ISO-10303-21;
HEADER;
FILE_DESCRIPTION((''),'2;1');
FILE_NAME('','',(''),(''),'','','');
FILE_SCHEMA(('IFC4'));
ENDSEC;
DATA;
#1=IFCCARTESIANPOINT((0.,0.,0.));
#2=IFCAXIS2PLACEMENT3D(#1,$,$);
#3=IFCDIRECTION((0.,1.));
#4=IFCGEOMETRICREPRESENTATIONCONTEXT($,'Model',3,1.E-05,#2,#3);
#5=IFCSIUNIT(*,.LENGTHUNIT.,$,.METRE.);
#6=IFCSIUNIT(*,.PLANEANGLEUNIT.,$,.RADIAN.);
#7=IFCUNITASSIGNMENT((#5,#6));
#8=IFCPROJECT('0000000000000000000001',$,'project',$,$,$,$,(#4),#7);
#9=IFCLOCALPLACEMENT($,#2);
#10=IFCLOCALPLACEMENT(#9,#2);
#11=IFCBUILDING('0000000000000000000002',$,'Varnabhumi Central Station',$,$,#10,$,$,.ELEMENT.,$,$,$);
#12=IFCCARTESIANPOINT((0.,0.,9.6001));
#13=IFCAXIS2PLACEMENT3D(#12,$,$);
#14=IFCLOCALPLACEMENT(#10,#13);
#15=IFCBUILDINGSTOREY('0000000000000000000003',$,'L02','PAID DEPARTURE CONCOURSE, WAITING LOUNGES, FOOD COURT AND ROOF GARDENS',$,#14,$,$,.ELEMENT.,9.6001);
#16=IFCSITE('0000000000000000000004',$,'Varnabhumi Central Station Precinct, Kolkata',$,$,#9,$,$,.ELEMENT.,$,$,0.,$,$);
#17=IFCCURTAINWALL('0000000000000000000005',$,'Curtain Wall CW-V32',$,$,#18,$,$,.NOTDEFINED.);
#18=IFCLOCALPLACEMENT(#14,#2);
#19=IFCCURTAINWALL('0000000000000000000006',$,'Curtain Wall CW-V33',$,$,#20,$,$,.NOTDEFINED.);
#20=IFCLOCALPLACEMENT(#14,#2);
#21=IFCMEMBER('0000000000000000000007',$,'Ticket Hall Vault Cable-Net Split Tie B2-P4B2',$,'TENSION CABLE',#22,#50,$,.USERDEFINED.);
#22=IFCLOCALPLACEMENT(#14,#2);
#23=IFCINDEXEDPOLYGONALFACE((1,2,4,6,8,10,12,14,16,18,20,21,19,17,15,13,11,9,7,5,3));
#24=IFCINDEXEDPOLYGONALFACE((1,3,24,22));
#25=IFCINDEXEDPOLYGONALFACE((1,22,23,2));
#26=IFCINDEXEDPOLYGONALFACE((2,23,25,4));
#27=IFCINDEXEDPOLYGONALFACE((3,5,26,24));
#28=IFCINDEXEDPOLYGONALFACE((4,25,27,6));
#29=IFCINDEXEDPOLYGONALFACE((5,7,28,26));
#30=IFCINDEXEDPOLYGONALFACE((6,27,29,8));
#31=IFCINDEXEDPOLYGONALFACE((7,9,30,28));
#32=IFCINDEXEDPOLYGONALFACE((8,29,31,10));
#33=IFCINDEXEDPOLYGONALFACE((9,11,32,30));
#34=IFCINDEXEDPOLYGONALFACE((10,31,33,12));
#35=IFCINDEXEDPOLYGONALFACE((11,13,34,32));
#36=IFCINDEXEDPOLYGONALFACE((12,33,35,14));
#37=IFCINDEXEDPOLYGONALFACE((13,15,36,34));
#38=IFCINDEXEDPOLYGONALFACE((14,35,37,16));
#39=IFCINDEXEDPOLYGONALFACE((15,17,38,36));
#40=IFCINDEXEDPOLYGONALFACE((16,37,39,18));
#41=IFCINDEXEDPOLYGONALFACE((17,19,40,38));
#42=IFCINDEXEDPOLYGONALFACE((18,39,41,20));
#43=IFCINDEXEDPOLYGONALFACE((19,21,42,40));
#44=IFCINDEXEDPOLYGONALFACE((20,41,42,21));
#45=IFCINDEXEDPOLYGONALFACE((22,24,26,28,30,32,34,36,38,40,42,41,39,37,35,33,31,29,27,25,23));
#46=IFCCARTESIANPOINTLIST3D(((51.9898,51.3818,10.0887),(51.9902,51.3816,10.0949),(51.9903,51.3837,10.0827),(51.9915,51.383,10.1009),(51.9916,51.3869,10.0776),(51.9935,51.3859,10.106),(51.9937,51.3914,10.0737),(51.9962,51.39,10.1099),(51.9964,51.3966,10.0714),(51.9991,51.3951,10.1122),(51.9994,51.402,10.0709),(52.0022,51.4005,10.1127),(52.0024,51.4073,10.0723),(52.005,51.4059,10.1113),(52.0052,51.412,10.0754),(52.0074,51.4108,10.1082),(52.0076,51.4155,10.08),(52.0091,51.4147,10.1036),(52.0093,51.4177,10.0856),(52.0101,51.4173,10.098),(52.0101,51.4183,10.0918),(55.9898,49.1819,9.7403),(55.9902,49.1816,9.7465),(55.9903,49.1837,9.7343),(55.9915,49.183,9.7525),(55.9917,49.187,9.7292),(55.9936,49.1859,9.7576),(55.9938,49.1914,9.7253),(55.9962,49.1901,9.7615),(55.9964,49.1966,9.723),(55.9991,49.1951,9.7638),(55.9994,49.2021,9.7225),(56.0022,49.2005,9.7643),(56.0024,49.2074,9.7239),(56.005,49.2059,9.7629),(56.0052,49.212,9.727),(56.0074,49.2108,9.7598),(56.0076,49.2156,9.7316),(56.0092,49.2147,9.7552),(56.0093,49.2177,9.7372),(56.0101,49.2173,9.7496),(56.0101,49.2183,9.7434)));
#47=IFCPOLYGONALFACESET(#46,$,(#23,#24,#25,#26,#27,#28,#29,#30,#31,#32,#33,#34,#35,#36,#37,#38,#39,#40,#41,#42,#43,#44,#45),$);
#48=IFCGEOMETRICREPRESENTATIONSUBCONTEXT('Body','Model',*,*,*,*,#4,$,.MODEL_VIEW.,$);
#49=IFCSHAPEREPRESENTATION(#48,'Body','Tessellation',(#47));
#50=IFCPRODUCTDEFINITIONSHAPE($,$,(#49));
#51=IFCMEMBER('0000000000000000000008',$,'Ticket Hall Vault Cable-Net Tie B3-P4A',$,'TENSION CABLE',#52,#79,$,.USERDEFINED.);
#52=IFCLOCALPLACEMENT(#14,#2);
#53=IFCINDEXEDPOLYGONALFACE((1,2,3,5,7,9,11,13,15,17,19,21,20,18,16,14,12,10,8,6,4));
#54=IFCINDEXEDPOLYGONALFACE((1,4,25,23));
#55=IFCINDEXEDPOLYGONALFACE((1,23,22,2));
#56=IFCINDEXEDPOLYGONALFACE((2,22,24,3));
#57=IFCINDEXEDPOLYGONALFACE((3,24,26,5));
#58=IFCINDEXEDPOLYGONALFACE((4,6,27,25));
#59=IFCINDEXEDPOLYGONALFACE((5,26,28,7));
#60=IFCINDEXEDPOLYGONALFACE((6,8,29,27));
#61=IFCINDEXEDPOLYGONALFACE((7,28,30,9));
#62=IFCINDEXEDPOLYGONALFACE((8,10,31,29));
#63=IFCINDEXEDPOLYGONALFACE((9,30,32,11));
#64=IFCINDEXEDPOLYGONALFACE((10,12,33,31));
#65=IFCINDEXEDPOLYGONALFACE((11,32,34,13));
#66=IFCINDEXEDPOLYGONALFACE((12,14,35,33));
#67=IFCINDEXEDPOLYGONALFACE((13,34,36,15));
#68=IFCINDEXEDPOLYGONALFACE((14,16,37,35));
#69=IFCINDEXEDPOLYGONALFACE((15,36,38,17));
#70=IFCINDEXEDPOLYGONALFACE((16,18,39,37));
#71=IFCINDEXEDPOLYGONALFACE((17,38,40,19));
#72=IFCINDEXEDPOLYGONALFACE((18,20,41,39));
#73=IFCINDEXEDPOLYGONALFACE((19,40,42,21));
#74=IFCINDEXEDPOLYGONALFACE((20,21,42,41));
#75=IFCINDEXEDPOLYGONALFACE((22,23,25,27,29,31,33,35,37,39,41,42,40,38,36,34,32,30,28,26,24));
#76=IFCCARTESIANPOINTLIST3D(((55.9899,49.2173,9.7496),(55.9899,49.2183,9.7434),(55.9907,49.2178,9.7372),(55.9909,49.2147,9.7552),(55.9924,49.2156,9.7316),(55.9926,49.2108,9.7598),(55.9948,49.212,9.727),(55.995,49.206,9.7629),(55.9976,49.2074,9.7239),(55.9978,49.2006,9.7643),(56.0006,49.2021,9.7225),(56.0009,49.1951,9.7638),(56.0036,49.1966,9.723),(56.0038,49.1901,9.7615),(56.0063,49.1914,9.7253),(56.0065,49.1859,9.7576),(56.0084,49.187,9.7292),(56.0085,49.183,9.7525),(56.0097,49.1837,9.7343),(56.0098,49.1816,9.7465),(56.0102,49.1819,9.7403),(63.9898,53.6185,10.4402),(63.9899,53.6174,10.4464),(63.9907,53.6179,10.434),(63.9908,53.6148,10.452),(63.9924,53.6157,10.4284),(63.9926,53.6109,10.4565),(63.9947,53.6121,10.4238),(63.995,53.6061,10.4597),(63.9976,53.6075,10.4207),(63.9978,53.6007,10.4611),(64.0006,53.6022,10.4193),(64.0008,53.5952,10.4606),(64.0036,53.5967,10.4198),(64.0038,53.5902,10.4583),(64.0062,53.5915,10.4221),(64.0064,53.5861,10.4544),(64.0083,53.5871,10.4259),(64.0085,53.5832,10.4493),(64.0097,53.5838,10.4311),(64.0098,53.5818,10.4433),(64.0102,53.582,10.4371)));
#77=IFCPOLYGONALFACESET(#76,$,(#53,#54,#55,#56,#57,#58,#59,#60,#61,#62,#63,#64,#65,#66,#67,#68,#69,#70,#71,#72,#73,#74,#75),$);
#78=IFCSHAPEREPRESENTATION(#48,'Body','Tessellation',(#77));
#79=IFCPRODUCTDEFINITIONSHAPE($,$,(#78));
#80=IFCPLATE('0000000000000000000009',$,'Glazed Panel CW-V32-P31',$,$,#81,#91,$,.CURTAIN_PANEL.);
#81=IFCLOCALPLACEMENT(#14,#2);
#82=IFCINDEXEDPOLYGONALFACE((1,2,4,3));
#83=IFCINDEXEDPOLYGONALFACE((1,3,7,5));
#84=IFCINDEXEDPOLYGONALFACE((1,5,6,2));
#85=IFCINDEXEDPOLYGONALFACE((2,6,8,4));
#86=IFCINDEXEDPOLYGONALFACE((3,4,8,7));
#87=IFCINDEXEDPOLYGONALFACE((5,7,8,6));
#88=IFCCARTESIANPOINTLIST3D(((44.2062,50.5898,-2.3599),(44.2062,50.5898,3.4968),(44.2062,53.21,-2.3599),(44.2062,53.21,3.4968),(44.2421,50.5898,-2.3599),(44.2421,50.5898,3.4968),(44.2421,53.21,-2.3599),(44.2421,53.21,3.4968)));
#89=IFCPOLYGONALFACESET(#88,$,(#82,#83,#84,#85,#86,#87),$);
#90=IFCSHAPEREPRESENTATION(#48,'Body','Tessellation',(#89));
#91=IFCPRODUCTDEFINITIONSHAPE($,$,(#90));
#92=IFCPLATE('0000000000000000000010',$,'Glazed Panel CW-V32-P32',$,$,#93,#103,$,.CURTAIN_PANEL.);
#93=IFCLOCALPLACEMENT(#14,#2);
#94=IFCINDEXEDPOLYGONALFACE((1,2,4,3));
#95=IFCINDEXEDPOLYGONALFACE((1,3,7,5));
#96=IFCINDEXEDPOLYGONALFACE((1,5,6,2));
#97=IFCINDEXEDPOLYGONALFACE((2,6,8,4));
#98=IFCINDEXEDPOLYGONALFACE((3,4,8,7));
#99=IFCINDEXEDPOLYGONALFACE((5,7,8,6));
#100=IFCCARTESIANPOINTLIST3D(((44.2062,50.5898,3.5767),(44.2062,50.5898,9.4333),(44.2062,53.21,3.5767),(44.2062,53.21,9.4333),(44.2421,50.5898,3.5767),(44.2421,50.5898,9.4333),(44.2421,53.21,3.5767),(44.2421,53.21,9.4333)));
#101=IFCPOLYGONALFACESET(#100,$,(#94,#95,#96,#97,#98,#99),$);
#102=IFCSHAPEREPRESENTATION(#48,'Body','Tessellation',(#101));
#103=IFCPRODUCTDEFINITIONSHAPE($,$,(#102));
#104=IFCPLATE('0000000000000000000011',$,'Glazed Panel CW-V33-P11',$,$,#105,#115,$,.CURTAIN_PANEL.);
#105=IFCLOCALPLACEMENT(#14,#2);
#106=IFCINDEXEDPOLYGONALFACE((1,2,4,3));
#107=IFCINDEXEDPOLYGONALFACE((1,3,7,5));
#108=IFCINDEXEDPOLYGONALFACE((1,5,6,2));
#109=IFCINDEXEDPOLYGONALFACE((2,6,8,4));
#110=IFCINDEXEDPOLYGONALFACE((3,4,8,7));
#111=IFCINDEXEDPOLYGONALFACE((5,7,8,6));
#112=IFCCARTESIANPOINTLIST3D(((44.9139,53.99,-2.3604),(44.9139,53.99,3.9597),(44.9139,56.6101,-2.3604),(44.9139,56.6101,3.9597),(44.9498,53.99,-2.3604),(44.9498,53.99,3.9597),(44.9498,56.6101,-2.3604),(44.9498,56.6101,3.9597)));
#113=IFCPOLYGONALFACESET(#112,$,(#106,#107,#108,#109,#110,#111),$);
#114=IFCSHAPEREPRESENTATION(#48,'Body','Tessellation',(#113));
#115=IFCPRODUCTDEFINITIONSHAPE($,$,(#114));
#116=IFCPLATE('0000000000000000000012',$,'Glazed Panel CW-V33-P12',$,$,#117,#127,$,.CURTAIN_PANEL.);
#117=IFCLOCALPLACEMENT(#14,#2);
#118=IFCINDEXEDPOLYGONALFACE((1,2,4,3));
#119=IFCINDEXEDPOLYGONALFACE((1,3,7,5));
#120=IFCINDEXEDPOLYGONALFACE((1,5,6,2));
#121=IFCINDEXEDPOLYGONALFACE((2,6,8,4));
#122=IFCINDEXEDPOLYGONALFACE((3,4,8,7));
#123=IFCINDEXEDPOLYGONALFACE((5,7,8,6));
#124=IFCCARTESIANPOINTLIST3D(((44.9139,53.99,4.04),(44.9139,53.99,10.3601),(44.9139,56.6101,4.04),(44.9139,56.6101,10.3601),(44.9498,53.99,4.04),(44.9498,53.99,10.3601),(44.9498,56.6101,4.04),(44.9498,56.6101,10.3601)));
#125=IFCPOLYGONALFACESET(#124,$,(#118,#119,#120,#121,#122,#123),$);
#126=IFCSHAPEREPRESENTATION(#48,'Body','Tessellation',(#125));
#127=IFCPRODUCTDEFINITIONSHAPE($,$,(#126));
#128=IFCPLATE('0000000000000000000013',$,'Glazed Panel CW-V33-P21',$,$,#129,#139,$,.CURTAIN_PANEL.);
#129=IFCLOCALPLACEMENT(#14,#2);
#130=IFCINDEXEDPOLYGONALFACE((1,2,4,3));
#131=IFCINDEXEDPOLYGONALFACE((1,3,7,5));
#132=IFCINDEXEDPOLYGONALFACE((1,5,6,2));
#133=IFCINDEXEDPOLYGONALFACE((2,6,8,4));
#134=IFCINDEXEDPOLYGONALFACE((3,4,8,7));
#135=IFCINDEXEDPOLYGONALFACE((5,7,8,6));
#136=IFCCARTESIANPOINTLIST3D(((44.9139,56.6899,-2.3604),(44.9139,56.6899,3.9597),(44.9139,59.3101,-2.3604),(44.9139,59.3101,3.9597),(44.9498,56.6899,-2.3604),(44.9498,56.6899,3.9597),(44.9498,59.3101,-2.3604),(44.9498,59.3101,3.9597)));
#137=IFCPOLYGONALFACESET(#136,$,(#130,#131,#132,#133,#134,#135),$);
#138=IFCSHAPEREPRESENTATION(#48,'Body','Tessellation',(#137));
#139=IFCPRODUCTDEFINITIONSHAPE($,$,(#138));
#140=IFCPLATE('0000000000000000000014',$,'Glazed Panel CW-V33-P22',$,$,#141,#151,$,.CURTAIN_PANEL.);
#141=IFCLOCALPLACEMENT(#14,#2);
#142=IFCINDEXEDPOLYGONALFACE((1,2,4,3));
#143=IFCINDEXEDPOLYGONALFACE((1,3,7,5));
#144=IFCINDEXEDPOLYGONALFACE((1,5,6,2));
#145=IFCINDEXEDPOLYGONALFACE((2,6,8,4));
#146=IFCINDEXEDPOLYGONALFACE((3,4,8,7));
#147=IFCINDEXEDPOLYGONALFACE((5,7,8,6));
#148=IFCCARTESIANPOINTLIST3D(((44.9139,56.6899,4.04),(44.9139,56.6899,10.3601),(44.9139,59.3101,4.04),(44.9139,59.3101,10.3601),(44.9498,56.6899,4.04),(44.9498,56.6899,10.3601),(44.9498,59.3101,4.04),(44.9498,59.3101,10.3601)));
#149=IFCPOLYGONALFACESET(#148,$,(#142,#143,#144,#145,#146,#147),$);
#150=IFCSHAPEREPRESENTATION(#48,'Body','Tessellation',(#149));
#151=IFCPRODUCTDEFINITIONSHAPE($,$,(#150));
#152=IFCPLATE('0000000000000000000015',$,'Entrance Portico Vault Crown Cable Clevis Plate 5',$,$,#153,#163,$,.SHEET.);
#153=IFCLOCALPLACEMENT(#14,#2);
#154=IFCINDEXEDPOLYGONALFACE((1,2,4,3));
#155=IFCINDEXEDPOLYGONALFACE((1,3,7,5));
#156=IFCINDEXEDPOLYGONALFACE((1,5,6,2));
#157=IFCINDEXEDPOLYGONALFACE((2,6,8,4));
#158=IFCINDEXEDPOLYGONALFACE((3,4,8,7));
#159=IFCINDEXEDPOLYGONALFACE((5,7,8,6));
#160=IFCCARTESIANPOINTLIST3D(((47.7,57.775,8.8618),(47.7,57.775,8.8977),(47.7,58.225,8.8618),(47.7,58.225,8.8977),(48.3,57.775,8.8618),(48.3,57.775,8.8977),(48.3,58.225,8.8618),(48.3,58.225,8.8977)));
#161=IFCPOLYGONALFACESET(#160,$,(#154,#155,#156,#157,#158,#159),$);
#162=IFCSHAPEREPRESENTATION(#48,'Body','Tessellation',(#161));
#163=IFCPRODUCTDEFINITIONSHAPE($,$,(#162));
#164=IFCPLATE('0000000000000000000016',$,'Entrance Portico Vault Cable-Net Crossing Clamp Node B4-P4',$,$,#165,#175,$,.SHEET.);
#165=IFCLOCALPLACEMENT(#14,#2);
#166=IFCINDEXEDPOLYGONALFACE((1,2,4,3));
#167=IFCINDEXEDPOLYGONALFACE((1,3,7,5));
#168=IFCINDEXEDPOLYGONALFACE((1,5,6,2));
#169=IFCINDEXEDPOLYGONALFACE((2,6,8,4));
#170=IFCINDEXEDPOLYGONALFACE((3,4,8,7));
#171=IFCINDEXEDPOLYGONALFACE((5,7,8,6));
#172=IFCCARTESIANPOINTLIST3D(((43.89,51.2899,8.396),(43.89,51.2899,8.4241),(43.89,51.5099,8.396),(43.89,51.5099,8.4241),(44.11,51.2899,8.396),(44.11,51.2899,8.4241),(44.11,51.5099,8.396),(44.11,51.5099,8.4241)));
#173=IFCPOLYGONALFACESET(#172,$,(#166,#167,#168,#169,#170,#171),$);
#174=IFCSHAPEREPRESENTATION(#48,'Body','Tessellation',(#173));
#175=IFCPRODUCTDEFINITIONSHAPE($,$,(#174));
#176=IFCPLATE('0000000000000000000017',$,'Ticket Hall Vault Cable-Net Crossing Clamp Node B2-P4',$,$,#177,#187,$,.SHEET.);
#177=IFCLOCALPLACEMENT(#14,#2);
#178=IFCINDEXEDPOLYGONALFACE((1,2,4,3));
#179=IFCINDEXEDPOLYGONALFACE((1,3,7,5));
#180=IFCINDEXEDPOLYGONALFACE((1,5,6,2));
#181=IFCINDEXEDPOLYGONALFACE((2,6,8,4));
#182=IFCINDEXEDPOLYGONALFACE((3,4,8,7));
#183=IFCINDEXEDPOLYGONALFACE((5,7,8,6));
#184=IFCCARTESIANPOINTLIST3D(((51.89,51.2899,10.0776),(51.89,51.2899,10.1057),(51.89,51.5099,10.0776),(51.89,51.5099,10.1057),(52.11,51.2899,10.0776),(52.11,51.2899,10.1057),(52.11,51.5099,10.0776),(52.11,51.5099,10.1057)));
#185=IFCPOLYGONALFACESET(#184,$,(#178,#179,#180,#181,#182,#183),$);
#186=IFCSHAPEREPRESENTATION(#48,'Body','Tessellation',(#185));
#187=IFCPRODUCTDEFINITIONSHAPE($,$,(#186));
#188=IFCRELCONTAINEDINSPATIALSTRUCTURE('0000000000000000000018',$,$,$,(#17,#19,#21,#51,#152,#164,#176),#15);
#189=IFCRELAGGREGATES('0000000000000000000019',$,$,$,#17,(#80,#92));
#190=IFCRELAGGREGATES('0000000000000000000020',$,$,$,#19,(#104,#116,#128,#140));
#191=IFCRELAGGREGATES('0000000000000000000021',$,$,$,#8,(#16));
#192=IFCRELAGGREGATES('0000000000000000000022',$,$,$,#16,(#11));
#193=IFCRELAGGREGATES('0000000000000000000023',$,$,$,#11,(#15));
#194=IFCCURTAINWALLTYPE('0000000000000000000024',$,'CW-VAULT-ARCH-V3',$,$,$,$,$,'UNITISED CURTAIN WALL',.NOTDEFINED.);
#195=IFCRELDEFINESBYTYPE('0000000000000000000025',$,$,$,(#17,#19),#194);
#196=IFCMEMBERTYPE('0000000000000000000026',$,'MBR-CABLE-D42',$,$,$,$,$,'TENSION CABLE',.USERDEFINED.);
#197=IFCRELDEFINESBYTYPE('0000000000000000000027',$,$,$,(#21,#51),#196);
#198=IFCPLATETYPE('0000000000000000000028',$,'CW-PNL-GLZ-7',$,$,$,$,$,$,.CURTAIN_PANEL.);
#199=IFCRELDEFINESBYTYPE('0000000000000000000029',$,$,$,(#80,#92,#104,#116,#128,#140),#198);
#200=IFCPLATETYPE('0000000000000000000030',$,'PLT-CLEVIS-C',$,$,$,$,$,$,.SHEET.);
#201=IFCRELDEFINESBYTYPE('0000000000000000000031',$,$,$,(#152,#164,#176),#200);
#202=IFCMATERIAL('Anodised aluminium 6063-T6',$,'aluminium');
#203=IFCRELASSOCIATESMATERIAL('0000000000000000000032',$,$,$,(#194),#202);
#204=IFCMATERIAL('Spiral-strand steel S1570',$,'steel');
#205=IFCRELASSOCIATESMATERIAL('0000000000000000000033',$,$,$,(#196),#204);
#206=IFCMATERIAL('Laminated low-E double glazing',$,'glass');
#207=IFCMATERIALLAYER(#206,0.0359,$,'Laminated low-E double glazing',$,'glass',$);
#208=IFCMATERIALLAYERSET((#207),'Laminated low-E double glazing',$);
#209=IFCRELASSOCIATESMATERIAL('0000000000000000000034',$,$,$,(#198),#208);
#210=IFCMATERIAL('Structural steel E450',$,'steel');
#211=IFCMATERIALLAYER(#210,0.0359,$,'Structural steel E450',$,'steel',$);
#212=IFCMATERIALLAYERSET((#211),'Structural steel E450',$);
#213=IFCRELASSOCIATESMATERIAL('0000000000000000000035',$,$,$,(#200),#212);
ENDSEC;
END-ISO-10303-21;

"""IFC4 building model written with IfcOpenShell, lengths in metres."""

from ifc_helpers import new_model, si_unit, direction, frame, origin, origin_2d, place, context, subcontext, project, spatial, rectangle, circle, extrude, material, layer, layer_set, material_profile, profile_set, type_object, element, aggregate, save


model = new_model("IFC4")

# Units and contexts
model_context = context("Model", 3, precision=1e-05, world=origin(), true_north=direction((0.0, 1.0)))
body_context = subcontext(model_context, "Body", "Model", "MODEL_VIEW")
ifc_project = project(units=[si_unit("LENGTHUNIT", "METRE"), si_unit("PLANEANGLEUNIT", "RADIAN")], contexts=[model_context])

# Site, building, storey
site_placement = place(None, origin())
site = spatial("IfcSite", under=ifc_project, at=site_placement, Name="Varnabhumi Central Station Precinct, Kolkata", CompositionType="ELEMENT", RefElevation=0.0)
building_placement = place(site_placement, origin())
building = spatial("IfcBuilding", under=site, at=building_placement, Name="Varnabhumi Central Station", CompositionType="ELEMENT")
storey_placement = place(building_placement, frame((0.0, 0.0, 9.6001)))
storey = spatial("IfcBuildingStorey", under=building, at=storey_placement, Name="L02", Description="PAID DEPARTURE CONCOURSE, WAITING LOUNGES, FOOD COURT AND ROOF GARDENS", CompositionType="ELEMENT", Elevation=9.6001)

# Curtain walls
ifc_material_1 = material(Name="Anodised aluminium 6063-T6", Category="aluminium")
curtain_wall_type = type_object("IfcCurtainWallType", Name="CW-VAULT-ARCH-V3", ElementType="UNITISED CURTAIN WALL", PredefinedType="NOTDEFINED", material=ifc_material_1)
curtain_wall_1_placement = place(storey_placement, origin())
curtain_wall_1 = element("IfcCurtainWall", 1, at=curtain_wall_1_placement, inside=storey, type_object=curtain_wall_type, Name="Curtain Wall CW-V32", PredefinedType="NOTDEFINED")
curtain_wall_2_placement = place(storey_placement, origin())
curtain_wall_2 = element("IfcCurtainWall", 2, at=curtain_wall_2_placement, inside=storey, type_object=curtain_wall_type, Name="Curtain Wall CW-V33", PredefinedType="NOTDEFINED")

# Members
ifc_material_2 = material(Name="Spiral-strand steel S1570", Category="steel")
ifc_material_profile_1 = material_profile(ifc_material_2, circle(Radius=0.021, at=origin_2d()), Name="Spiral-strand steel S1570", Category="steel")
ifc_profile_set_1 = profile_set([ifc_material_profile_1], Name="Spiral-strand steel S1570")
member_type_1 = type_object("IfcMemberType", Name="MBR-CABLE-D42", ElementType="TENSION CABLE", PredefinedType="USERDEFINED", material=ifc_profile_set_1)
member_1_placement = place(storey_placement, frame((52.0, 51.3999, 10.0918), z_axis=(0.87368, -0.480513, -0.076095), x_axis=(0.481911, 0.87622, 0.0)))
element("IfcMember", 3, at=member_1_placement, inside=storey, type_object=member_type_1, Name="Ticket Hall Vault Cable-Net Split Tie B2-P4B2", ObjectType="TENSION CABLE", PredefinedType="USERDEFINED", context=body_context, shape_type="SweptSolid", body=[
    extrude(circle(Radius=0.021, at=origin_2d()), origin(), (0.0, 0.0, 1.0), 4.5784),
])
member_2_placement = place(storey_placement, frame((56.0, 49.2, 9.7434), z_axis=(0.873669, 0.480534, 0.076094), x_axis=(-0.481931, 0.876209, 0.0)))
element("IfcMember", 4, at=member_2_placement, inside=storey, type_object=member_type_1, Name="Ticket Hall Vault Cable-Net Tie B3-P4A", ObjectType="TENSION CABLE", PredefinedType="USERDEFINED", context=body_context, shape_type="SweptSolid", body=[
    extrude(circle(Radius=0.021, at=origin_2d()), origin(), (0.0, 0.0, 1.0), 9.1567),
])

# Plates
ifc_material_3 = material(Name="Laminated low-E double glazing", Category="glass")
ifc_layer_1 = layer(ifc_material_3, 0.0359, Name="Laminated low-E double glazing", Category="glass")
ifc_layer_set_1 = layer_set([ifc_layer_1], Name="Laminated low-E double glazing")
plate_type_1 = type_object("IfcPlateType", Name="CW-PNL-GLZ-7", PredefinedType="CURTAIN_PANEL", material=ifc_layer_set_1)
plate_1_placement = place(storey_placement, frame((44.2241, 51.8999, -2.3599), z_axis=(0.0, 0.0, 1.0), x_axis=(0.0, 1.0, 0.0)))
plate_1 = element("IfcPlate", 5, at=plate_1_placement, type_object=plate_type_1, Name="Glazed Panel CW-V32-P31", PredefinedType="CURTAIN_PANEL", context=body_context, shape_type="SweptSolid", body=[
    extrude(rectangle(XDim=2.6201, YDim=0.0359, at=origin_2d()), origin(), (0.0, 0.0, 1.0), 5.8567),
])
plate_2_placement = place(storey_placement, frame((44.2241, 51.8999, 3.5767), z_axis=(0.0, 0.0, 1.0), x_axis=(0.0, 1.0, 0.0)))
plate_2 = element("IfcPlate", 6, at=plate_2_placement, type_object=plate_type_1, Name="Glazed Panel CW-V32-P32", PredefinedType="CURTAIN_PANEL", context=body_context, shape_type="SweptSolid", body=[
    extrude(rectangle(XDim=2.6201, YDim=0.0359, at=origin_2d()), origin(), (0.0, 0.0, 1.0), 5.8567),
])
aggregate(curtain_wall_1, [plate_1, plate_2])
plate_3_placement = place(storey_placement, frame((44.9319, 55.3, -2.3604), z_axis=(0.0, 0.0, 1.0), x_axis=(0.0, 1.0, 0.0)))
plate_3 = element("IfcPlate", 7, at=plate_3_placement, type_object=plate_type_1, Name="Glazed Panel CW-V33-P11", PredefinedType="CURTAIN_PANEL", context=body_context, shape_type="SweptSolid", body=[
    extrude(rectangle(XDim=2.6201, YDim=0.0359, at=origin_2d()), origin(), (0.0, 0.0, 1.0), 6.3201),
])
plate_4_placement = place(storey_placement, frame((44.9319, 55.3, 4.04), z_axis=(0.0, 0.0, 1.0), x_axis=(0.0, 1.0, 0.0)))
plate_4 = element("IfcPlate", 8, at=plate_4_placement, type_object=plate_type_1, Name="Glazed Panel CW-V33-P12", PredefinedType="CURTAIN_PANEL", context=body_context, shape_type="SweptSolid", body=[
    extrude(rectangle(XDim=2.6201, YDim=0.0359, at=origin_2d()), origin(), (0.0, 0.0, 1.0), 6.3201),
])
plate_5_placement = place(storey_placement, frame((44.9319, 58.0, -2.3604), z_axis=(0.0, 0.0, 1.0), x_axis=(0.0, 1.0, 0.0)))
plate_5 = element("IfcPlate", 9, at=plate_5_placement, type_object=plate_type_1, Name="Glazed Panel CW-V33-P21", PredefinedType="CURTAIN_PANEL", context=body_context, shape_type="SweptSolid", body=[
    extrude(rectangle(XDim=2.6201, YDim=0.0359, at=origin_2d()), origin(), (0.0, 0.0, 1.0), 6.3201),
])
plate_6_placement = place(storey_placement, frame((44.9319, 58.0, 4.04), z_axis=(0.0, 0.0, 1.0), x_axis=(0.0, 1.0, 0.0)))
plate_6 = element("IfcPlate", 10, at=plate_6_placement, type_object=plate_type_1, Name="Glazed Panel CW-V33-P22", PredefinedType="CURTAIN_PANEL", context=body_context, shape_type="SweptSolid", body=[
    extrude(rectangle(XDim=2.6201, YDim=0.0359, at=origin_2d()), origin(), (0.0, 0.0, 1.0), 6.3201),
])
aggregate(curtain_wall_2, [plate_3, plate_4, plate_5, plate_6])

# Plates
ifc_material_4 = material(Name="Structural steel E450", Category="steel")
ifc_layer_2 = layer(ifc_material_4, 0.0359, Name="Structural steel E450", Category="steel")
ifc_layer_set_2 = layer_set([ifc_layer_2], Name="Structural steel E450")
plate_type_2 = type_object("IfcPlateType", Name="PLT-CLEVIS-C", PredefinedType="SHEET", material=ifc_layer_set_2)
plate_7_placement = place(storey_placement, frame((48.0, 58.0, 8.8618), z_axis=(0.0, 0.0, 1.0), x_axis=(1.0, 0.0, 0.0)))
element("IfcPlate", 11, at=plate_7_placement, inside=storey, type_object=plate_type_2, Name="Entrance Portico Vault Crown Cable Clevis Plate 5", PredefinedType="SHEET", context=body_context, shape_type="SweptSolid", body=[
    extrude(rectangle(XDim=0.6001, YDim=0.45, at=origin_2d()), origin(), (0.0, 0.0, 1.0), 0.0359),
])
for number, where, z_axis, x_axis, name in (
    (12, (44.0, 51.3999, 8.396), (0.0, 0.0, 1.0), (1.0, 0.0, 0.0), "Entrance Portico Vault Cable-Net Crossing Clamp Node B4-P4"),
    (13, (52.0, 51.3999, 10.0776), (0.0, 0.0, 1.0), (1.0, 0.0, 0.0), "Ticket Hall Vault Cable-Net Crossing Clamp Node B2-P4"),
):
    element("IfcPlate", number, at=place(storey_placement, frame(where, z_axis=z_axis, x_axis=x_axis)), inside=storey, type_object=plate_type_2, Name=name, PredefinedType="SHEET", context=body_context, shape_type="SweptSolid", body=[
        extrude(rectangle(XDim=0.22, YDim=0.22, at=origin_2d()), origin(), (0.0, 0.0, 1.0), 0.0281),
    ])

save(model, "model.ifc")
